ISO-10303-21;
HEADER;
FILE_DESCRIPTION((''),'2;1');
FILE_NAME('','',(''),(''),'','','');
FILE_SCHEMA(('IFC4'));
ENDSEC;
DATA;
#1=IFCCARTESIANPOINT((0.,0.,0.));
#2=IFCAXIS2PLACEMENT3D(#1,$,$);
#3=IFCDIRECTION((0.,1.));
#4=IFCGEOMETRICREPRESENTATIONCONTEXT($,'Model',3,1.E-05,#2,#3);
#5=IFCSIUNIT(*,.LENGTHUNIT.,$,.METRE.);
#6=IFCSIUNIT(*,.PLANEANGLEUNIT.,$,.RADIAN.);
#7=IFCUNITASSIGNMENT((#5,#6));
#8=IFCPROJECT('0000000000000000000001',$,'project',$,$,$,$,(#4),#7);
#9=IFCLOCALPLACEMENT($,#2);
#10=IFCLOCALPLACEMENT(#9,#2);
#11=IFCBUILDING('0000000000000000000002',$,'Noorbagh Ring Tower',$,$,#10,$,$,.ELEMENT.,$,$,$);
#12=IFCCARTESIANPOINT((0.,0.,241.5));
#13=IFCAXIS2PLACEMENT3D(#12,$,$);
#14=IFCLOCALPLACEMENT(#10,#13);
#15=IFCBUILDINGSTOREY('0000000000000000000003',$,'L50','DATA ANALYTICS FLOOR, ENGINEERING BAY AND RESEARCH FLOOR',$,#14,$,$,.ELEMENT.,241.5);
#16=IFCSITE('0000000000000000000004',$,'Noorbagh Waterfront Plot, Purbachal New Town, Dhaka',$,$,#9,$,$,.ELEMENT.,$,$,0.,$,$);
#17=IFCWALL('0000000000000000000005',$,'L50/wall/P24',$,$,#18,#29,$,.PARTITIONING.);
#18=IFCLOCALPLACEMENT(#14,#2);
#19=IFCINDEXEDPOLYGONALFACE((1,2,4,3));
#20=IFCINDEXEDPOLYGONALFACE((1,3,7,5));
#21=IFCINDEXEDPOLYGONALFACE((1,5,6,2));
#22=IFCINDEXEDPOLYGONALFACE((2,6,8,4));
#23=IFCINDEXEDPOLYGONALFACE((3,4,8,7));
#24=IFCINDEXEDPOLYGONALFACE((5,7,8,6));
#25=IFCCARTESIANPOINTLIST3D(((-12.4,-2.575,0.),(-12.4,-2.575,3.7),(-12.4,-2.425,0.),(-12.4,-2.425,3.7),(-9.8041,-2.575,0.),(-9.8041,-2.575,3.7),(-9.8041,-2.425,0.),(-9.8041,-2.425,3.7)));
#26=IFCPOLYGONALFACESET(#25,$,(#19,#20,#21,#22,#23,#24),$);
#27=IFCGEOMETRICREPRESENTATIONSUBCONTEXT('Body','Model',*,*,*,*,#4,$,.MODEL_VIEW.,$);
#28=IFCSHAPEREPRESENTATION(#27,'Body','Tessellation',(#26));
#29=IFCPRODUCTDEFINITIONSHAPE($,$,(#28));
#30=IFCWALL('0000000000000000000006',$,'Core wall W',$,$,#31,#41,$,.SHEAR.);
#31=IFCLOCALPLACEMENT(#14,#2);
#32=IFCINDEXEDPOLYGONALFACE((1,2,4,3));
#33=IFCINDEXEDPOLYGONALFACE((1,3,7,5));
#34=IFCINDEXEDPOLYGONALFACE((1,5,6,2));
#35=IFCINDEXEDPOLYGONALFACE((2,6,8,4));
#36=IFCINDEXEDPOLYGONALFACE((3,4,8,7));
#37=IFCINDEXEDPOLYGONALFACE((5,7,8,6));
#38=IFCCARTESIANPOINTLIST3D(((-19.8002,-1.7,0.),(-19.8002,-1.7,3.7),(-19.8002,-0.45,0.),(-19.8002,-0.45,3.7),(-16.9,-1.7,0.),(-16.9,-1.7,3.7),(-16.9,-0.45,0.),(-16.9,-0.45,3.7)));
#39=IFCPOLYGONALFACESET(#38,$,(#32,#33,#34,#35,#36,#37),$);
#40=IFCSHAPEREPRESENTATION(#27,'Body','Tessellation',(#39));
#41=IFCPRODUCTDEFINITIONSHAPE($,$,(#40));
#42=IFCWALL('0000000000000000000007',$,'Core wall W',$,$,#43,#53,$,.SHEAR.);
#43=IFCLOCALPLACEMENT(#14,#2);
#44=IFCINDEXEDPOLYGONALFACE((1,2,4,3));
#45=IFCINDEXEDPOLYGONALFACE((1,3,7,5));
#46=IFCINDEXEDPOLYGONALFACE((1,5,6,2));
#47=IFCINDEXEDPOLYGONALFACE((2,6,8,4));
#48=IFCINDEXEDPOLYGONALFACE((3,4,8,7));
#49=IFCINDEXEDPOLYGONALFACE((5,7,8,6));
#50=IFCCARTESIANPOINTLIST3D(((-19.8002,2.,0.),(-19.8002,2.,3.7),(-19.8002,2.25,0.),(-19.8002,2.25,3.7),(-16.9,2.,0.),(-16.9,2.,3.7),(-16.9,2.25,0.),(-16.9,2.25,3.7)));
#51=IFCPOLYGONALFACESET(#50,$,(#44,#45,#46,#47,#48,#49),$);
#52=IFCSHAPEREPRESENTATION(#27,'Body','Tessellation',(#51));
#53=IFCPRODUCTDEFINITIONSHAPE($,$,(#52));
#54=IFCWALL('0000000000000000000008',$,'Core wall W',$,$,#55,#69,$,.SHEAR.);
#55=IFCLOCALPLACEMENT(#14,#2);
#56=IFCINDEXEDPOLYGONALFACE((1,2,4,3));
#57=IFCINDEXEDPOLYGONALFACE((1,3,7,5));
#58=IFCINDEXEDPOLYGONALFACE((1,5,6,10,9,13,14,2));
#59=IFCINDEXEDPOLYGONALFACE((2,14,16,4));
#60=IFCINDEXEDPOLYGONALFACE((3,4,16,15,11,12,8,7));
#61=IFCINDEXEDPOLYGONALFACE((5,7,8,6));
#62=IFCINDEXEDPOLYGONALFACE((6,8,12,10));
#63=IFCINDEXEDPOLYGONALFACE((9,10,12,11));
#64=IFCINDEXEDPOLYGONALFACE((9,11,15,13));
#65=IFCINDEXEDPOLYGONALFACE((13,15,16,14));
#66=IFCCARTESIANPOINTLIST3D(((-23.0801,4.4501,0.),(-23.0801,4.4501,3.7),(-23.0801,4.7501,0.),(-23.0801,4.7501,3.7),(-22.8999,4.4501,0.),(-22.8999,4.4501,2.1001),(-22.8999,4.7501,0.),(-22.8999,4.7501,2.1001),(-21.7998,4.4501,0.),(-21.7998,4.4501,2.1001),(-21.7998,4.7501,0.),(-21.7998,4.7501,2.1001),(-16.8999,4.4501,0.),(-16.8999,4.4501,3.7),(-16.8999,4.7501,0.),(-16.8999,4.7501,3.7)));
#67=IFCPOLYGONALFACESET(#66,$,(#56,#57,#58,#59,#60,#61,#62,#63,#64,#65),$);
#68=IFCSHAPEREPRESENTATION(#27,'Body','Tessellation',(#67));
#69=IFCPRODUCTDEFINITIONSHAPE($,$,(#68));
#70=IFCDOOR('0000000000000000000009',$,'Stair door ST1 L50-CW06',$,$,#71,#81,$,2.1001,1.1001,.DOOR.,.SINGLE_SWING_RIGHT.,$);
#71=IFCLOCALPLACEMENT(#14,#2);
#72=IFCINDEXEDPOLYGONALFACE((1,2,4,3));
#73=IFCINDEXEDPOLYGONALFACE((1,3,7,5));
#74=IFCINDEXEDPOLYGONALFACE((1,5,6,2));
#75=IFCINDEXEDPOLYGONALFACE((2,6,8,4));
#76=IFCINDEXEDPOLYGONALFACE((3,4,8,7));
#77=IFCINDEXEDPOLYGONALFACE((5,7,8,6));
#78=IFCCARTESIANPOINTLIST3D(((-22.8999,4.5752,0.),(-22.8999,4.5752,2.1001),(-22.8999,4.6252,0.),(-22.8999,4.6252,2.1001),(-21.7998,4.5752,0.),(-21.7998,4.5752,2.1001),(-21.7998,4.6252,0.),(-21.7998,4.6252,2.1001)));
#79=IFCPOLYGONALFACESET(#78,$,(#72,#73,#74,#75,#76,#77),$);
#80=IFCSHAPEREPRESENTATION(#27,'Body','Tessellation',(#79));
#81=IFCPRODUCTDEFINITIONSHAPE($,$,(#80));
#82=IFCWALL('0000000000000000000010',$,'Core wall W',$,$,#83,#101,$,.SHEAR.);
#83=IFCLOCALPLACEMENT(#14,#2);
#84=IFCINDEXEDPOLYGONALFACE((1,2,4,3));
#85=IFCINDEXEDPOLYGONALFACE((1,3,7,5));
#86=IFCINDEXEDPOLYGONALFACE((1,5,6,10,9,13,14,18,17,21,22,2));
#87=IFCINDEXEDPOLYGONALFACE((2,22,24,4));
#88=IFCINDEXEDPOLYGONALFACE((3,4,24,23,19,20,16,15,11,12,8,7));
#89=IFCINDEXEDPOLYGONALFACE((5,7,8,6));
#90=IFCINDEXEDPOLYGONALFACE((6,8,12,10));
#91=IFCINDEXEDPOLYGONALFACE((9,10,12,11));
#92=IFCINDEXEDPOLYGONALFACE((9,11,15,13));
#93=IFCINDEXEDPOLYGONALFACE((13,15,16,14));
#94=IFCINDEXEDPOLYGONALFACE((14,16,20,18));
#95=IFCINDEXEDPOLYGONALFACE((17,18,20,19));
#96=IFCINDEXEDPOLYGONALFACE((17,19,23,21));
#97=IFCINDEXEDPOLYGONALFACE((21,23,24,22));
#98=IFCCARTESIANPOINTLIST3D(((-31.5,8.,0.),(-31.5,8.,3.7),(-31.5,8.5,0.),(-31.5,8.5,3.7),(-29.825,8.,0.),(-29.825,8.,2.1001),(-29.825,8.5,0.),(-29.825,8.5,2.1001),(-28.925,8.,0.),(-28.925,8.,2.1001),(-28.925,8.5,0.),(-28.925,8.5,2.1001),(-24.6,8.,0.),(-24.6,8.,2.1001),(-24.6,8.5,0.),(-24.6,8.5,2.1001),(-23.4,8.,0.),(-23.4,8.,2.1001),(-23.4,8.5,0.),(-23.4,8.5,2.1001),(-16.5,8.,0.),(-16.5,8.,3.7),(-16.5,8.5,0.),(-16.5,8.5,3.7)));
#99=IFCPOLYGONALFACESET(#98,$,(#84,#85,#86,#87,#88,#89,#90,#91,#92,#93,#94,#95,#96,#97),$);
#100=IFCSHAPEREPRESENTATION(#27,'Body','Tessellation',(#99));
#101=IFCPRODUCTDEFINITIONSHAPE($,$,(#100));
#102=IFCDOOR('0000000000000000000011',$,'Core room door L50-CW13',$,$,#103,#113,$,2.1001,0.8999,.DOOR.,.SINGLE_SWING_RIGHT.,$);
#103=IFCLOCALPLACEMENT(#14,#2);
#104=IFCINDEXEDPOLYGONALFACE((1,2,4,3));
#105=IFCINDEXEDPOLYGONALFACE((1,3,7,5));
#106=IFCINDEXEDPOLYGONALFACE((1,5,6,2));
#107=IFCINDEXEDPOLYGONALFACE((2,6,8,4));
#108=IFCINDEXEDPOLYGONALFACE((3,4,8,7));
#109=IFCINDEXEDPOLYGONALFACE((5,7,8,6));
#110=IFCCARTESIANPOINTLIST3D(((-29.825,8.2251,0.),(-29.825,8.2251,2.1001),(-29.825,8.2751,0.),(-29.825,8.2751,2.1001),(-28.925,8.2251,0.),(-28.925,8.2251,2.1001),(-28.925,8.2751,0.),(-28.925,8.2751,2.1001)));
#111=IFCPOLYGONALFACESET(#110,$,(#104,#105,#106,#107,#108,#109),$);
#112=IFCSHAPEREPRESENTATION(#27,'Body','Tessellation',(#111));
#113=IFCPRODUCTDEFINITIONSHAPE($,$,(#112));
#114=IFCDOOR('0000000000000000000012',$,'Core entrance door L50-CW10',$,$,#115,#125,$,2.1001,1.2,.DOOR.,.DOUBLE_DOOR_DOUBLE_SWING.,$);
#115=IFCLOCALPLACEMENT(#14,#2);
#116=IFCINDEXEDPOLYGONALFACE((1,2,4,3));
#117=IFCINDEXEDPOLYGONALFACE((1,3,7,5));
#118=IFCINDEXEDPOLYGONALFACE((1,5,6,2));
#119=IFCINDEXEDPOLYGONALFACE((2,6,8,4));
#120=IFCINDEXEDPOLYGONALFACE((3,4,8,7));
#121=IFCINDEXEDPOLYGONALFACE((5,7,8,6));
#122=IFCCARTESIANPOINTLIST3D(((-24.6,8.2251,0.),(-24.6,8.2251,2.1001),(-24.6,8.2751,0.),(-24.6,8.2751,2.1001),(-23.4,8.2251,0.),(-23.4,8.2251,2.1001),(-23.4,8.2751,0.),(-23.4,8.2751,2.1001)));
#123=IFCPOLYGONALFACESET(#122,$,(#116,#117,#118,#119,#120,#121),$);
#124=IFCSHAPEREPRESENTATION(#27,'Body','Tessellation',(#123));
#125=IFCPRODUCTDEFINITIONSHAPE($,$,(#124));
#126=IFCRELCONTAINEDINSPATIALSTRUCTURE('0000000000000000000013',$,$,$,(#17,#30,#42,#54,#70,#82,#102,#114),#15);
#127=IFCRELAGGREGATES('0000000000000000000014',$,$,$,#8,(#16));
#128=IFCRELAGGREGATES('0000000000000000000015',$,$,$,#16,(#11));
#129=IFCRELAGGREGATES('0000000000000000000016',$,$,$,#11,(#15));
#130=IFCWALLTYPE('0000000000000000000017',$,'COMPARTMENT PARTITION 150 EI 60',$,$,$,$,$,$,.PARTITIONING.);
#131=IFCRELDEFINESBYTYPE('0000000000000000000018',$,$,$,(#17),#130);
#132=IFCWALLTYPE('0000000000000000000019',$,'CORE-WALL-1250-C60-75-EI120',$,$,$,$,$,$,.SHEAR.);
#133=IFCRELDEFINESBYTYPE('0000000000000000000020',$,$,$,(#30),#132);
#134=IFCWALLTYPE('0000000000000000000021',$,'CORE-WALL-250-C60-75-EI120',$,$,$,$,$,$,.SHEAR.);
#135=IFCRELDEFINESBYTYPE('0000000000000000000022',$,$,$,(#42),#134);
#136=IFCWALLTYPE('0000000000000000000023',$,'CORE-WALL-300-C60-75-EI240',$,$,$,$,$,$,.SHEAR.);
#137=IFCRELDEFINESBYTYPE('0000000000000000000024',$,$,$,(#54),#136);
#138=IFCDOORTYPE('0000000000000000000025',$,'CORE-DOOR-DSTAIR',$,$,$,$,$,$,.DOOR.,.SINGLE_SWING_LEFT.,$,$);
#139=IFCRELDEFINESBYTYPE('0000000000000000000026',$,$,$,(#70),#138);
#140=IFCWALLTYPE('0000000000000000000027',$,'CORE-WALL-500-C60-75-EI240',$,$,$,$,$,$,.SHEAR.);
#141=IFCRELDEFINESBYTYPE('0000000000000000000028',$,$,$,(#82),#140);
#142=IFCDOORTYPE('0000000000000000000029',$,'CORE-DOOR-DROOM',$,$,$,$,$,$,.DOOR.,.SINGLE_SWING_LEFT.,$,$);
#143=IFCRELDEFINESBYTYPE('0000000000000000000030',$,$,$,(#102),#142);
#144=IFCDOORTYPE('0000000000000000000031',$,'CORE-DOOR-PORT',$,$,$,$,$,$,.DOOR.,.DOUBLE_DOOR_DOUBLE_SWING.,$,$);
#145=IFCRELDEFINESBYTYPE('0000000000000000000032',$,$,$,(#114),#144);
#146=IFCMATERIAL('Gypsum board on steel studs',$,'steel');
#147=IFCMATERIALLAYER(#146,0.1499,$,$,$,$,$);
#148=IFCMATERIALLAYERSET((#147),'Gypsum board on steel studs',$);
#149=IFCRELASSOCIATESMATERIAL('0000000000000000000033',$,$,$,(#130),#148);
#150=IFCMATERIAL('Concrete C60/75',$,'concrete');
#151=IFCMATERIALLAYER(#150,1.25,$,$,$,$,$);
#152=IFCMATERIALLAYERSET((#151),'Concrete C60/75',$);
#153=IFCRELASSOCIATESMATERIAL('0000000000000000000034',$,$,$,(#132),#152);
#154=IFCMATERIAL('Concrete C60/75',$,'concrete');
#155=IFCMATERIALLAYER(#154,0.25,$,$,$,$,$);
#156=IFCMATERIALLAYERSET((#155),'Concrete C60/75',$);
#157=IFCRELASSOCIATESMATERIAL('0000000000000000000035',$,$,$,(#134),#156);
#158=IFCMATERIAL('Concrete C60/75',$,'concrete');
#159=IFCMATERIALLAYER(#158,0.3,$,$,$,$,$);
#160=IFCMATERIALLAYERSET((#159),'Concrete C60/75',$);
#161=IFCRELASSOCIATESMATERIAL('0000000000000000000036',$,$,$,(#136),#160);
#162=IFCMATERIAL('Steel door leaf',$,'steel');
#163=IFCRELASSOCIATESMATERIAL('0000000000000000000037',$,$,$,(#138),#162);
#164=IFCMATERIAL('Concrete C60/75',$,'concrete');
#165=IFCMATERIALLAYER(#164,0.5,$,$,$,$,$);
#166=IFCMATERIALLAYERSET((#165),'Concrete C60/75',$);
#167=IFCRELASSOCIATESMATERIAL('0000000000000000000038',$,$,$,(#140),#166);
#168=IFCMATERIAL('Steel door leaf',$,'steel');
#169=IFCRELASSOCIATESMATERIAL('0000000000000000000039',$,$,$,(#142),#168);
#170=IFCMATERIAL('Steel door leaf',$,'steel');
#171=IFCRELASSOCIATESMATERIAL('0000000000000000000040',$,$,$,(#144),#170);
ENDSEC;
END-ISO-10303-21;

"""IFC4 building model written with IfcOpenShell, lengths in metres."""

from ifc_helpers import new_model, si_unit, direction, frame, frame_2d, origin, place, context, subcontext, project, spatial, rectangle, extrude, material, layer, layer_set, type_object, element, fill, save


model = new_model("IFC4")

# Units and contexts
model_context = context("Model", 3, precision=1e-05, world=origin(), true_north=direction((0.0, 1.0)))
body_context = subcontext(model_context, "Body", "Model", "MODEL_VIEW")
ifc_project = project(units=[si_unit("LENGTHUNIT", "METRE"), si_unit("PLANEANGLEUNIT", "RADIAN")], contexts=[model_context])

# Site, building, storey
site_placement = place(None, origin())
site = spatial("IfcSite", under=ifc_project, at=site_placement, Name="Noorbagh Waterfront Plot, Purbachal New Town, Dhaka", CompositionType="ELEMENT", RefElevation=0.0)
building_placement = place(site_placement, origin())
building = spatial("IfcBuilding", under=site, at=building_placement, Name="Noorbagh Ring Tower", CompositionType="ELEMENT")
storey_placement = place(building_placement, frame((0.0, 0.0, 241.5)))
storey = spatial("IfcBuildingStorey", under=building, at=storey_placement, Name="L50", Description="DATA ANALYTICS FLOOR, ENGINEERING BAY AND RESEARCH FLOOR", CompositionType="ELEMENT", Elevation=241.5)

# Walls
ifc_material_1 = material(Name="Gypsum board on steel studs", Category="steel")
ifc_layer_1 = layer(ifc_material_1, 0.1499)
ifc_layer_set_1 = layer_set([ifc_layer_1], Name="Gypsum board on steel studs")
wall_type_1 = type_object("IfcWallType", Name="COMPARTMENT PARTITION 150 EI 60", PredefinedType="PARTITIONING", material=ifc_layer_set_1)
wall_1_placement = place(storey_placement, frame((-12.3999, -2.5, 0.0), z_axis=(0.0, 0.0, 1.0), x_axis=(1.0, 0.0, 0.0)))
element("IfcWall", 1, at=wall_1_placement, inside=storey, type_object=wall_type_1, Name="L50/wall/P24", PredefinedType="PARTITIONING", context=body_context, shape_type="SweptSolid", body=[
    extrude(rectangle(XDim=2.5959, YDim=0.1499, at=frame_2d((1.2979, 0.0))), origin(), (0.0, 0.0, 1.0), 3.7),
])
ifc_material_2 = material(Name="Concrete C60/75", Category="concrete")
ifc_layer_2 = layer(ifc_material_2, 1.25)
ifc_layer_set_2 = layer_set([ifc_layer_2], Name="Concrete C60/75")
wall_type_2 = type_object("IfcWallType", Name="CORE-WALL-1250-C60-75-EI120", PredefinedType="SHEAR", material=ifc_layer_set_2)
wall_2_placement = place(storey_placement, frame((-16.8999, -1.075, 0.0), z_axis=(0.0, 0.0, 1.0), x_axis=(-1.0, 0.0, 0.0)))
element("IfcWall", 2, at=wall_2_placement, inside=storey, type_object=wall_type_2, Name="Core wall W", PredefinedType="SHEAR", context=body_context, shape_type="SweptSolid", body=[
    extrude(rectangle(XDim=2.9001, YDim=1.25, at=frame_2d((1.4502, 0.0))), origin(), (0.0, 0.0, 1.0), 3.7),
])
ifc_material_3 = material(Name="Concrete C60/75", Category="concrete")
ifc_layer_3 = layer(ifc_material_3, 0.25)
ifc_layer_set_3 = layer_set([ifc_layer_3], Name="Concrete C60/75")
wall_type_3 = type_object("IfcWallType", Name="CORE-WALL-250-C60-75-EI120", PredefinedType="SHEAR", material=ifc_layer_set_3)
wall_3_placement = place(storey_placement, frame((-16.8999, 2.125, 0.0), z_axis=(0.0, 0.0, 1.0), x_axis=(-1.0, 0.0, 0.0)))
element("IfcWall", 3, at=wall_3_placement, inside=storey, type_object=wall_type_3, Name="Core wall W", PredefinedType="SHEAR", context=body_context, shape_type="SweptSolid", body=[
    extrude(rectangle(XDim=2.9001, YDim=0.25, at=frame_2d((1.4502, 0.0))), origin(), (0.0, 0.0, 1.0), 3.7),
])

# Wall, opening, door
ifc_material_4 = material(Name="Concrete C60/75", Category="concrete")
ifc_layer_4 = layer(ifc_material_4, 0.3)
ifc_layer_set_4 = layer_set([ifc_layer_4], Name="Concrete C60/75")
wall_type_4 = type_object("IfcWallType", Name="CORE-WALL-300-C60-75-EI240", PredefinedType="SHEAR", material=ifc_layer_set_4)
wall_4_placement = place(storey_placement, frame((-16.8999, 4.6001, 0.0), z_axis=(0.0, 0.0, 1.0), x_axis=(-1.0, 0.0, 0.0)))
wall_4 = element("IfcWall", 4, at=wall_4_placement, inside=storey, type_object=wall_type_4, Name="Core wall W", PredefinedType="SHEAR", context=body_context, shape_type="SweptSolid", body=[
    extrude(rectangle(XDim=6.1802, YDim=0.3, at=frame_2d((3.0901, 0.0))), origin(), (0.0, 0.0, 1.0), 3.7),
])
opening_1_placement = place(wall_4_placement, frame((4.8999, 0.0, 0.0)))
opening_1 = element("IfcOpeningElement", 5, at=opening_1_placement, cuts=wall_4, PredefinedType="OPENING", context=body_context, shape_type="SweptSolid", body=[
    extrude(rectangle(XDim=1.1001, YDim=2.1001, at=frame_2d((0.55, 1.05))), frame((0.0, 0.1602, 0.0), z_axis=(0.0, -1.0, 0.0), x_axis=(1.0, 0.0, 0.0)), (0.0, 0.0, 1.0), 0.3201),
])
ifc_material_5 = material(Name="Steel door leaf", Category="steel")
door_type_1 = type_object("IfcDoorType", Name="CORE-DOOR-DSTAIR", OperationType="SINGLE_SWING_LEFT", PredefinedType="DOOR", material=ifc_material_5)
door_1_placement = place(opening_1_placement, origin())
door_1 = element("IfcDoor", 6, at=door_1_placement, inside=storey, type_object=door_type_1, Name="Stair door ST1 L50-CW06", OperationType="SINGLE_SWING_RIGHT", OverallHeight=2.1001, OverallWidth=1.1001, PredefinedType="DOOR", context=body_context, shape_type="SweptSolid", body=[
    extrude(rectangle(XDim=1.1001, YDim=2.1001, at=frame_2d((0.55, 1.05))), frame((0.0, 0.0249, 0.0), z_axis=(0.0, -1.0, 0.0), x_axis=(1.0, 0.0, 0.0)), (0.0, 0.0, 1.0), 0.05),
])
fill(opening_1, door_1)

# Wall, openings, doors
ifc_material_6 = material(Name="Concrete C60/75", Category="concrete")
ifc_layer_5 = layer(ifc_material_6, 0.5)
ifc_layer_set_5 = layer_set([ifc_layer_5], Name="Concrete C60/75")
wall_type_5 = type_object("IfcWallType", Name="CORE-WALL-500-C60-75-EI240", PredefinedType="SHEAR", material=ifc_layer_set_5)
wall_5_placement = place(storey_placement, frame((-16.5, 8.25, 0.0), z_axis=(0.0, 0.0, 1.0), x_axis=(-1.0, 0.0, 0.0)))
wall_5 = element("IfcWall", 7, at=wall_5_placement, inside=storey, type_object=wall_type_5, Name="Core wall W", PredefinedType="SHEAR", context=body_context, shape_type="SweptSolid", body=[
    extrude(rectangle(XDim=15.0, YDim=0.5, at=frame_2d((7.5, 0.0))), origin(), (0.0, 0.0, 1.0), 3.7),
])
opening_2_placement = place(wall_5_placement, frame((6.8999, 0.0, 0.0)))
opening_2 = element("IfcOpeningElement", 8, at=opening_2_placement, cuts=wall_5, PredefinedType="OPENING", context=body_context, shape_type="SweptSolid", body=[
    extrude(rectangle(XDim=1.2, YDim=2.1001, at=frame_2d((0.6001, 1.05))), frame((0.0, 0.26, 0.0), z_axis=(0.0, -1.0, 0.0), x_axis=(1.0, 0.0, 0.0)), (0.0, 0.0, 1.0), 0.52),
])
opening_3_placement = place(wall_5_placement, frame((12.425, 0.0, 0.0)))
opening_3 = element("IfcOpeningElement", 9, at=opening_3_placement, cuts=wall_5, PredefinedType="OPENING", context=body_context, shape_type="SweptSolid", body=[
    extrude(rectangle(XDim=0.8999, YDim=2.1001, at=frame_2d((0.45, 1.05))), frame((0.0, 0.26, 0.0), z_axis=(0.0, -1.0, 0.0), x_axis=(1.0, 0.0, 0.0)), (0.0, 0.0, 1.0), 0.52),
])
ifc_material_7 = material(Name="Steel door leaf", Category="steel")
door_type_2 = type_object("IfcDoorType", Name="CORE-DOOR-DROOM", OperationType="SINGLE_SWING_LEFT", PredefinedType="DOOR", material=ifc_material_7)
door_2_placement = place(opening_3_placement, origin())
door_2 = element("IfcDoor", 10, at=door_2_placement, inside=storey, type_object=door_type_2, Name="Core room door L50-CW13", OperationType="SINGLE_SWING_RIGHT", OverallHeight=2.1001, OverallWidth=0.8999, PredefinedType="DOOR", context=body_context, shape_type="SweptSolid", body=[
    extrude(rectangle(XDim=0.8999, YDim=2.1001, at=frame_2d((0.45, 1.05))), frame((0.0, 0.0249, 0.0), z_axis=(0.0, -1.0, 0.0), x_axis=(1.0, 0.0, 0.0)), (0.0, 0.0, 1.0), 0.05),
])
fill(opening_3, door_2)
ifc_material_8 = material(Name="Steel door leaf", Category="steel")
door_type_3 = type_object("IfcDoorType", Name="CORE-DOOR-PORT", OperationType="DOUBLE_DOOR_DOUBLE_SWING", PredefinedType="DOOR", material=ifc_material_8)
door_3_placement = place(opening_2_placement, origin())
door_3 = element("IfcDoor", 11, at=door_3_placement, inside=storey, type_object=door_type_3, Name="Core entrance door L50-CW10", OperationType="DOUBLE_DOOR_DOUBLE_SWING", OverallHeight=2.1001, OverallWidth=1.2, PredefinedType="DOOR", context=body_context, shape_type="SweptSolid", body=[
    extrude(rectangle(XDim=1.2, YDim=2.1001, at=frame_2d((0.6001, 1.05))), frame((0.0, 0.0249, 0.0), z_axis=(0.0, -1.0, 0.0), x_axis=(1.0, 0.0, 0.0)), (0.0, 0.0, 1.0), 0.05),
])
fill(opening_2, door_3)

save(model, "model.ifc")
